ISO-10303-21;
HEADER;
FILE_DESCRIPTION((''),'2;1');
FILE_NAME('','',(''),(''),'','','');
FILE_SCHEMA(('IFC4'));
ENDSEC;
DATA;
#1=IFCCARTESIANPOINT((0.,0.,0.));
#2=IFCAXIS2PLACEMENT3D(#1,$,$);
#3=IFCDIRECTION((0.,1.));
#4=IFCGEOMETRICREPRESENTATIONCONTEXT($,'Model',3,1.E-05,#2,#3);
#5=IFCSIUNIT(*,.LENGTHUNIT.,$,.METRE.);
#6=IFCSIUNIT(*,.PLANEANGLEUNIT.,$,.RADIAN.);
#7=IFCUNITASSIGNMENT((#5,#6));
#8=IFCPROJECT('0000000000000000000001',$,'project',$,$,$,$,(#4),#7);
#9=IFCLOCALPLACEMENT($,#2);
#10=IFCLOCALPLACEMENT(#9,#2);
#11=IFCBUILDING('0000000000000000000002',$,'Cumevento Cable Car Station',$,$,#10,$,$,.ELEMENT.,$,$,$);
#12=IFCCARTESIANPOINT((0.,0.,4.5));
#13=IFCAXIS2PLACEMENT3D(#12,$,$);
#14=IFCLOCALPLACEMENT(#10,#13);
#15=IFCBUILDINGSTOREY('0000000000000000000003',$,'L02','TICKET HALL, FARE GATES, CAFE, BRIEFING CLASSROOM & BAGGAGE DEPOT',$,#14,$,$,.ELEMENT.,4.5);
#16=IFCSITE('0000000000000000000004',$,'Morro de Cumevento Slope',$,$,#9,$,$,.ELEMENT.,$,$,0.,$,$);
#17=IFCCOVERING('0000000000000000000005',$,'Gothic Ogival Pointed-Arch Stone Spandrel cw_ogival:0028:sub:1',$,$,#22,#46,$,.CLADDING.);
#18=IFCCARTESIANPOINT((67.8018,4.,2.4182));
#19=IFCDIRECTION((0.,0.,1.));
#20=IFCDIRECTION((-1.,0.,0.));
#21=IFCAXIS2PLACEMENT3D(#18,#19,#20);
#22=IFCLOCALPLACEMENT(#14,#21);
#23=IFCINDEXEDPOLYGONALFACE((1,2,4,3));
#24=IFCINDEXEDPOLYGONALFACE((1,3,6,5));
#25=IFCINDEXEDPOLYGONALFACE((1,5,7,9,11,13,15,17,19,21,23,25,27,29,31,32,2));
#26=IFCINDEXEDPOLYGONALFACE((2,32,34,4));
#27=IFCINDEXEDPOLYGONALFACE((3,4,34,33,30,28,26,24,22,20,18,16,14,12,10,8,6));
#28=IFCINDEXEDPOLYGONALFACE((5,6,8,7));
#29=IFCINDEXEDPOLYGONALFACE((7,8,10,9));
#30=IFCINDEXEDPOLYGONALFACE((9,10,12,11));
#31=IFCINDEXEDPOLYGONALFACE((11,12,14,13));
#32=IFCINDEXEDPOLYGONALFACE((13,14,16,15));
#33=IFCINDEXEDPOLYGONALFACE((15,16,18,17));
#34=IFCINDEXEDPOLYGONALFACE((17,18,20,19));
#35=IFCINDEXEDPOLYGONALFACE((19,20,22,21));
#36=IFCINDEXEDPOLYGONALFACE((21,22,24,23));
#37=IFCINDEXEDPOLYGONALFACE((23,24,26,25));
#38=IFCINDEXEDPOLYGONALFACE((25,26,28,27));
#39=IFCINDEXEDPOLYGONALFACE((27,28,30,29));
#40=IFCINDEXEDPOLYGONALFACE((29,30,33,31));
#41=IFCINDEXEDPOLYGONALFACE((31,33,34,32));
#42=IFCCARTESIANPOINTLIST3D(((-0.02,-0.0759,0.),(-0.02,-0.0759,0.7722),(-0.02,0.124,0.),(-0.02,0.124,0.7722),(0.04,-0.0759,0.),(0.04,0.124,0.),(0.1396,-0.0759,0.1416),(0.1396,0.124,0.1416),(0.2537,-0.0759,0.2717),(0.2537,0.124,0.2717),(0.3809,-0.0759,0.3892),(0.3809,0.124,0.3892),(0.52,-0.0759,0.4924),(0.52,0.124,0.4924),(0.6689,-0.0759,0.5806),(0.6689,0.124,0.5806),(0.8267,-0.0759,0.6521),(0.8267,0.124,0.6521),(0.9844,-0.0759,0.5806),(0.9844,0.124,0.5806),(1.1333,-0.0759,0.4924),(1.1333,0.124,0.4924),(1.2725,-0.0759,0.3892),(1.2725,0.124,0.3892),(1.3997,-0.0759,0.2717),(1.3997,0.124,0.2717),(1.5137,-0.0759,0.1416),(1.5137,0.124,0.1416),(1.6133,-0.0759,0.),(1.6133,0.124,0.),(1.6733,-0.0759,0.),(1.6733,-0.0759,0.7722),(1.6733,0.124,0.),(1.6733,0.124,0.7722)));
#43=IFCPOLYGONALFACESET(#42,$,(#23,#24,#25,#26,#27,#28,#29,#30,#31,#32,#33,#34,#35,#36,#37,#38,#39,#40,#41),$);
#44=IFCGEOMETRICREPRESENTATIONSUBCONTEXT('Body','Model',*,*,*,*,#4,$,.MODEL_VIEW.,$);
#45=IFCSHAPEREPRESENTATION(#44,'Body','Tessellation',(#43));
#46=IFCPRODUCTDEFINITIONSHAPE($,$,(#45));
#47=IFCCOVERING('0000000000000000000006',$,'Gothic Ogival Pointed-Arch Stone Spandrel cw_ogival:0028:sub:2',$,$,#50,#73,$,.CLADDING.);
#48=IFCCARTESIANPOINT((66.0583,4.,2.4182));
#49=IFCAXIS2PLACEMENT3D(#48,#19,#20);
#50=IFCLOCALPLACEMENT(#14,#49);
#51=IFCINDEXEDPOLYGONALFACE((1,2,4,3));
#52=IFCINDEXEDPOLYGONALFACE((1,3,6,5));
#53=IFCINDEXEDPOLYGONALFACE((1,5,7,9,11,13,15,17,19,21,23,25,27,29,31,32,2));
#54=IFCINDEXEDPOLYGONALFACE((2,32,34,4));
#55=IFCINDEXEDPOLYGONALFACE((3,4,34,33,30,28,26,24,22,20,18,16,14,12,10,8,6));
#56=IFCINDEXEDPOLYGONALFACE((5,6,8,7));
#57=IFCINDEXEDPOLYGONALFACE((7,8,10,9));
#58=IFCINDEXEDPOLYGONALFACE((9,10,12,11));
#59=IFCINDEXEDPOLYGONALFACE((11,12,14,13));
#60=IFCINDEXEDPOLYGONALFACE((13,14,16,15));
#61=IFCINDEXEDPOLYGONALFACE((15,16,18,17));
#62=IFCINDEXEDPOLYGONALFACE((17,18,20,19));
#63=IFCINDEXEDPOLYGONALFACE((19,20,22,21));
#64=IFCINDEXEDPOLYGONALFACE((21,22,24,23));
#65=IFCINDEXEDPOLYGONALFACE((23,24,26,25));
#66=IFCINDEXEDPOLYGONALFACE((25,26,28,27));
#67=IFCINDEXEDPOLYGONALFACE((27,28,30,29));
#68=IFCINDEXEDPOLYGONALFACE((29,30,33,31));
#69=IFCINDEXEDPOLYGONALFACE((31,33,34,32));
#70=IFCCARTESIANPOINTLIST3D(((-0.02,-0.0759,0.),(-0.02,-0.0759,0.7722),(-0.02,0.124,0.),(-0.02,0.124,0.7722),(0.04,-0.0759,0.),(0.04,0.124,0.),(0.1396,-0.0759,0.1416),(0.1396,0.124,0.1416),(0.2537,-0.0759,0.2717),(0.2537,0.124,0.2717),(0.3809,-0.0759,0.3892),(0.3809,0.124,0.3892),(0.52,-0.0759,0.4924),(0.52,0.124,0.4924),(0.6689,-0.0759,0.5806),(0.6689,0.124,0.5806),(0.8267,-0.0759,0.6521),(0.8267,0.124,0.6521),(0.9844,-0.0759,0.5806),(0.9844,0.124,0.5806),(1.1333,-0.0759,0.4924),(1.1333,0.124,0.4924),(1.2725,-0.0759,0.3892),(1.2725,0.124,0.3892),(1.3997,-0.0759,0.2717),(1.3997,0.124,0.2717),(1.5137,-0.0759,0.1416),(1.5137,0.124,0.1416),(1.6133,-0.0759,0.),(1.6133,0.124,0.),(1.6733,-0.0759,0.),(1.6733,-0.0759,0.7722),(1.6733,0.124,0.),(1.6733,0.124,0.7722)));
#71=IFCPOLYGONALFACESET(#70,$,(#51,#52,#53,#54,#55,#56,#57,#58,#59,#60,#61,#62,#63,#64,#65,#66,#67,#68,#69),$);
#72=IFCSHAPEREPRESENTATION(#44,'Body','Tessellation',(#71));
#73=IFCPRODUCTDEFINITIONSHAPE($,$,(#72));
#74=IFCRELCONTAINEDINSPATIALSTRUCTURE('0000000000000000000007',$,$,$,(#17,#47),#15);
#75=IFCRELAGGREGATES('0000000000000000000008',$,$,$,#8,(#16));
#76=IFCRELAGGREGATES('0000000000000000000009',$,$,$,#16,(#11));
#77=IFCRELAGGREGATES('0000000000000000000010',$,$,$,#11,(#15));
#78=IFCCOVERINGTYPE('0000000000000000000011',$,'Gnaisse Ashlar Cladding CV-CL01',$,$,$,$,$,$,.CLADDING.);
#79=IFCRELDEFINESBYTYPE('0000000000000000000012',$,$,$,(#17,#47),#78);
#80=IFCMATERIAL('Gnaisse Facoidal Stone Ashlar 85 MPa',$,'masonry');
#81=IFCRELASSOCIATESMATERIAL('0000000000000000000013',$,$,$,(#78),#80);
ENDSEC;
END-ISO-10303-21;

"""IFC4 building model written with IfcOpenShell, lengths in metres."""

from ifc_helpers import new_model, si_unit, direction, frame, origin, place, context, subcontext, project, spatial, polyline, outline, extrude, material, type_object, element, save


model = new_model("IFC4")

# Units and contexts
model_context = context("Model", 3, precision=1e-05, world=origin(), true_north=direction((0.0, 1.0)))
body_context = subcontext(model_context, "Body", "Model", "MODEL_VIEW")
ifc_project = project(units=[si_unit("LENGTHUNIT", "METRE"), si_unit("PLANEANGLEUNIT", "RADIAN")], contexts=[model_context])

# Site, building, storey
site_placement = place(None, origin())
site = spatial("IfcSite", under=ifc_project, at=site_placement, Name="Morro de Cumevento Slope", CompositionType="ELEMENT", RefElevation=0.0)
building_placement = place(site_placement, origin())
building = spatial("IfcBuilding", under=site, at=building_placement, Name="Cumevento Cable Car Station", CompositionType="ELEMENT")
storey_placement = place(building_placement, frame((0.0, 0.0, 4.5)))
storey = spatial("IfcBuildingStorey", under=building, at=storey_placement, Name="L02", Description="TICKET HALL, FARE GATES, CAFE, BRIEFING CLASSROOM & BAGGAGE DEPOT", CompositionType="ELEMENT", Elevation=4.5)

# Coverings
ifc_material_1 = material(Name="Gnaisse Facoidal Stone Ashlar 85 MPa", Category="masonry")
covering_type = type_object("IfcCoveringType", Name="Gnaisse Ashlar Cladding CV-CL01", PredefinedType="CLADDING", material=ifc_material_1)
for number, where, z_axis, x_axis, name in (
    (1, (67.8018, 4.0, 2.4182), (0.0, 0.0, 1.0), (-1.0, 0.0, 0.0), "Gothic Ogival Pointed-Arch Stone Spandrel cw_ogival:0028:sub:1"),
    (2, (66.0583, 4.0, 2.4182), (0.0, 0.0, 1.0), (-1.0, 0.0, 0.0), "Gothic Ogival Pointed-Arch Stone Spandrel cw_ogival:0028:sub:2"),
):
    element("IfcCovering", number, at=place(storey_placement, frame(where, z_axis=z_axis, x_axis=x_axis)), inside=storey, type_object=covering_type, Name=name, PredefinedType="CLADDING", context=body_context, shape_type="SweptSolid", body=[
        extrude(outline(polyline([(-0.02, 0.0), (-0.02, 0.7722), (1.6733, 0.7722), (1.6733, 0.0), (1.6133, 0.0), (1.5137, 0.1416), (1.3997, 0.2717), (1.2725, 0.3892), (1.1333, 0.4924), (0.9844, 0.5806), (0.8267, 0.6521), (0.6689, 0.5806), (0.52, 0.4924), (0.3809, 0.3892), (0.2537, 0.2717), (0.1396, 0.1416), (0.04, 0.0), (-0.02, 0.0)])), frame((0.0, 0.124, 0.0), z_axis=(0.0, -1.0, 0.0), x_axis=(1.0, 0.0, 0.0)), (0.0, 0.0, 1.0), 0.2),
    ])

save(model, "model.ifc")
